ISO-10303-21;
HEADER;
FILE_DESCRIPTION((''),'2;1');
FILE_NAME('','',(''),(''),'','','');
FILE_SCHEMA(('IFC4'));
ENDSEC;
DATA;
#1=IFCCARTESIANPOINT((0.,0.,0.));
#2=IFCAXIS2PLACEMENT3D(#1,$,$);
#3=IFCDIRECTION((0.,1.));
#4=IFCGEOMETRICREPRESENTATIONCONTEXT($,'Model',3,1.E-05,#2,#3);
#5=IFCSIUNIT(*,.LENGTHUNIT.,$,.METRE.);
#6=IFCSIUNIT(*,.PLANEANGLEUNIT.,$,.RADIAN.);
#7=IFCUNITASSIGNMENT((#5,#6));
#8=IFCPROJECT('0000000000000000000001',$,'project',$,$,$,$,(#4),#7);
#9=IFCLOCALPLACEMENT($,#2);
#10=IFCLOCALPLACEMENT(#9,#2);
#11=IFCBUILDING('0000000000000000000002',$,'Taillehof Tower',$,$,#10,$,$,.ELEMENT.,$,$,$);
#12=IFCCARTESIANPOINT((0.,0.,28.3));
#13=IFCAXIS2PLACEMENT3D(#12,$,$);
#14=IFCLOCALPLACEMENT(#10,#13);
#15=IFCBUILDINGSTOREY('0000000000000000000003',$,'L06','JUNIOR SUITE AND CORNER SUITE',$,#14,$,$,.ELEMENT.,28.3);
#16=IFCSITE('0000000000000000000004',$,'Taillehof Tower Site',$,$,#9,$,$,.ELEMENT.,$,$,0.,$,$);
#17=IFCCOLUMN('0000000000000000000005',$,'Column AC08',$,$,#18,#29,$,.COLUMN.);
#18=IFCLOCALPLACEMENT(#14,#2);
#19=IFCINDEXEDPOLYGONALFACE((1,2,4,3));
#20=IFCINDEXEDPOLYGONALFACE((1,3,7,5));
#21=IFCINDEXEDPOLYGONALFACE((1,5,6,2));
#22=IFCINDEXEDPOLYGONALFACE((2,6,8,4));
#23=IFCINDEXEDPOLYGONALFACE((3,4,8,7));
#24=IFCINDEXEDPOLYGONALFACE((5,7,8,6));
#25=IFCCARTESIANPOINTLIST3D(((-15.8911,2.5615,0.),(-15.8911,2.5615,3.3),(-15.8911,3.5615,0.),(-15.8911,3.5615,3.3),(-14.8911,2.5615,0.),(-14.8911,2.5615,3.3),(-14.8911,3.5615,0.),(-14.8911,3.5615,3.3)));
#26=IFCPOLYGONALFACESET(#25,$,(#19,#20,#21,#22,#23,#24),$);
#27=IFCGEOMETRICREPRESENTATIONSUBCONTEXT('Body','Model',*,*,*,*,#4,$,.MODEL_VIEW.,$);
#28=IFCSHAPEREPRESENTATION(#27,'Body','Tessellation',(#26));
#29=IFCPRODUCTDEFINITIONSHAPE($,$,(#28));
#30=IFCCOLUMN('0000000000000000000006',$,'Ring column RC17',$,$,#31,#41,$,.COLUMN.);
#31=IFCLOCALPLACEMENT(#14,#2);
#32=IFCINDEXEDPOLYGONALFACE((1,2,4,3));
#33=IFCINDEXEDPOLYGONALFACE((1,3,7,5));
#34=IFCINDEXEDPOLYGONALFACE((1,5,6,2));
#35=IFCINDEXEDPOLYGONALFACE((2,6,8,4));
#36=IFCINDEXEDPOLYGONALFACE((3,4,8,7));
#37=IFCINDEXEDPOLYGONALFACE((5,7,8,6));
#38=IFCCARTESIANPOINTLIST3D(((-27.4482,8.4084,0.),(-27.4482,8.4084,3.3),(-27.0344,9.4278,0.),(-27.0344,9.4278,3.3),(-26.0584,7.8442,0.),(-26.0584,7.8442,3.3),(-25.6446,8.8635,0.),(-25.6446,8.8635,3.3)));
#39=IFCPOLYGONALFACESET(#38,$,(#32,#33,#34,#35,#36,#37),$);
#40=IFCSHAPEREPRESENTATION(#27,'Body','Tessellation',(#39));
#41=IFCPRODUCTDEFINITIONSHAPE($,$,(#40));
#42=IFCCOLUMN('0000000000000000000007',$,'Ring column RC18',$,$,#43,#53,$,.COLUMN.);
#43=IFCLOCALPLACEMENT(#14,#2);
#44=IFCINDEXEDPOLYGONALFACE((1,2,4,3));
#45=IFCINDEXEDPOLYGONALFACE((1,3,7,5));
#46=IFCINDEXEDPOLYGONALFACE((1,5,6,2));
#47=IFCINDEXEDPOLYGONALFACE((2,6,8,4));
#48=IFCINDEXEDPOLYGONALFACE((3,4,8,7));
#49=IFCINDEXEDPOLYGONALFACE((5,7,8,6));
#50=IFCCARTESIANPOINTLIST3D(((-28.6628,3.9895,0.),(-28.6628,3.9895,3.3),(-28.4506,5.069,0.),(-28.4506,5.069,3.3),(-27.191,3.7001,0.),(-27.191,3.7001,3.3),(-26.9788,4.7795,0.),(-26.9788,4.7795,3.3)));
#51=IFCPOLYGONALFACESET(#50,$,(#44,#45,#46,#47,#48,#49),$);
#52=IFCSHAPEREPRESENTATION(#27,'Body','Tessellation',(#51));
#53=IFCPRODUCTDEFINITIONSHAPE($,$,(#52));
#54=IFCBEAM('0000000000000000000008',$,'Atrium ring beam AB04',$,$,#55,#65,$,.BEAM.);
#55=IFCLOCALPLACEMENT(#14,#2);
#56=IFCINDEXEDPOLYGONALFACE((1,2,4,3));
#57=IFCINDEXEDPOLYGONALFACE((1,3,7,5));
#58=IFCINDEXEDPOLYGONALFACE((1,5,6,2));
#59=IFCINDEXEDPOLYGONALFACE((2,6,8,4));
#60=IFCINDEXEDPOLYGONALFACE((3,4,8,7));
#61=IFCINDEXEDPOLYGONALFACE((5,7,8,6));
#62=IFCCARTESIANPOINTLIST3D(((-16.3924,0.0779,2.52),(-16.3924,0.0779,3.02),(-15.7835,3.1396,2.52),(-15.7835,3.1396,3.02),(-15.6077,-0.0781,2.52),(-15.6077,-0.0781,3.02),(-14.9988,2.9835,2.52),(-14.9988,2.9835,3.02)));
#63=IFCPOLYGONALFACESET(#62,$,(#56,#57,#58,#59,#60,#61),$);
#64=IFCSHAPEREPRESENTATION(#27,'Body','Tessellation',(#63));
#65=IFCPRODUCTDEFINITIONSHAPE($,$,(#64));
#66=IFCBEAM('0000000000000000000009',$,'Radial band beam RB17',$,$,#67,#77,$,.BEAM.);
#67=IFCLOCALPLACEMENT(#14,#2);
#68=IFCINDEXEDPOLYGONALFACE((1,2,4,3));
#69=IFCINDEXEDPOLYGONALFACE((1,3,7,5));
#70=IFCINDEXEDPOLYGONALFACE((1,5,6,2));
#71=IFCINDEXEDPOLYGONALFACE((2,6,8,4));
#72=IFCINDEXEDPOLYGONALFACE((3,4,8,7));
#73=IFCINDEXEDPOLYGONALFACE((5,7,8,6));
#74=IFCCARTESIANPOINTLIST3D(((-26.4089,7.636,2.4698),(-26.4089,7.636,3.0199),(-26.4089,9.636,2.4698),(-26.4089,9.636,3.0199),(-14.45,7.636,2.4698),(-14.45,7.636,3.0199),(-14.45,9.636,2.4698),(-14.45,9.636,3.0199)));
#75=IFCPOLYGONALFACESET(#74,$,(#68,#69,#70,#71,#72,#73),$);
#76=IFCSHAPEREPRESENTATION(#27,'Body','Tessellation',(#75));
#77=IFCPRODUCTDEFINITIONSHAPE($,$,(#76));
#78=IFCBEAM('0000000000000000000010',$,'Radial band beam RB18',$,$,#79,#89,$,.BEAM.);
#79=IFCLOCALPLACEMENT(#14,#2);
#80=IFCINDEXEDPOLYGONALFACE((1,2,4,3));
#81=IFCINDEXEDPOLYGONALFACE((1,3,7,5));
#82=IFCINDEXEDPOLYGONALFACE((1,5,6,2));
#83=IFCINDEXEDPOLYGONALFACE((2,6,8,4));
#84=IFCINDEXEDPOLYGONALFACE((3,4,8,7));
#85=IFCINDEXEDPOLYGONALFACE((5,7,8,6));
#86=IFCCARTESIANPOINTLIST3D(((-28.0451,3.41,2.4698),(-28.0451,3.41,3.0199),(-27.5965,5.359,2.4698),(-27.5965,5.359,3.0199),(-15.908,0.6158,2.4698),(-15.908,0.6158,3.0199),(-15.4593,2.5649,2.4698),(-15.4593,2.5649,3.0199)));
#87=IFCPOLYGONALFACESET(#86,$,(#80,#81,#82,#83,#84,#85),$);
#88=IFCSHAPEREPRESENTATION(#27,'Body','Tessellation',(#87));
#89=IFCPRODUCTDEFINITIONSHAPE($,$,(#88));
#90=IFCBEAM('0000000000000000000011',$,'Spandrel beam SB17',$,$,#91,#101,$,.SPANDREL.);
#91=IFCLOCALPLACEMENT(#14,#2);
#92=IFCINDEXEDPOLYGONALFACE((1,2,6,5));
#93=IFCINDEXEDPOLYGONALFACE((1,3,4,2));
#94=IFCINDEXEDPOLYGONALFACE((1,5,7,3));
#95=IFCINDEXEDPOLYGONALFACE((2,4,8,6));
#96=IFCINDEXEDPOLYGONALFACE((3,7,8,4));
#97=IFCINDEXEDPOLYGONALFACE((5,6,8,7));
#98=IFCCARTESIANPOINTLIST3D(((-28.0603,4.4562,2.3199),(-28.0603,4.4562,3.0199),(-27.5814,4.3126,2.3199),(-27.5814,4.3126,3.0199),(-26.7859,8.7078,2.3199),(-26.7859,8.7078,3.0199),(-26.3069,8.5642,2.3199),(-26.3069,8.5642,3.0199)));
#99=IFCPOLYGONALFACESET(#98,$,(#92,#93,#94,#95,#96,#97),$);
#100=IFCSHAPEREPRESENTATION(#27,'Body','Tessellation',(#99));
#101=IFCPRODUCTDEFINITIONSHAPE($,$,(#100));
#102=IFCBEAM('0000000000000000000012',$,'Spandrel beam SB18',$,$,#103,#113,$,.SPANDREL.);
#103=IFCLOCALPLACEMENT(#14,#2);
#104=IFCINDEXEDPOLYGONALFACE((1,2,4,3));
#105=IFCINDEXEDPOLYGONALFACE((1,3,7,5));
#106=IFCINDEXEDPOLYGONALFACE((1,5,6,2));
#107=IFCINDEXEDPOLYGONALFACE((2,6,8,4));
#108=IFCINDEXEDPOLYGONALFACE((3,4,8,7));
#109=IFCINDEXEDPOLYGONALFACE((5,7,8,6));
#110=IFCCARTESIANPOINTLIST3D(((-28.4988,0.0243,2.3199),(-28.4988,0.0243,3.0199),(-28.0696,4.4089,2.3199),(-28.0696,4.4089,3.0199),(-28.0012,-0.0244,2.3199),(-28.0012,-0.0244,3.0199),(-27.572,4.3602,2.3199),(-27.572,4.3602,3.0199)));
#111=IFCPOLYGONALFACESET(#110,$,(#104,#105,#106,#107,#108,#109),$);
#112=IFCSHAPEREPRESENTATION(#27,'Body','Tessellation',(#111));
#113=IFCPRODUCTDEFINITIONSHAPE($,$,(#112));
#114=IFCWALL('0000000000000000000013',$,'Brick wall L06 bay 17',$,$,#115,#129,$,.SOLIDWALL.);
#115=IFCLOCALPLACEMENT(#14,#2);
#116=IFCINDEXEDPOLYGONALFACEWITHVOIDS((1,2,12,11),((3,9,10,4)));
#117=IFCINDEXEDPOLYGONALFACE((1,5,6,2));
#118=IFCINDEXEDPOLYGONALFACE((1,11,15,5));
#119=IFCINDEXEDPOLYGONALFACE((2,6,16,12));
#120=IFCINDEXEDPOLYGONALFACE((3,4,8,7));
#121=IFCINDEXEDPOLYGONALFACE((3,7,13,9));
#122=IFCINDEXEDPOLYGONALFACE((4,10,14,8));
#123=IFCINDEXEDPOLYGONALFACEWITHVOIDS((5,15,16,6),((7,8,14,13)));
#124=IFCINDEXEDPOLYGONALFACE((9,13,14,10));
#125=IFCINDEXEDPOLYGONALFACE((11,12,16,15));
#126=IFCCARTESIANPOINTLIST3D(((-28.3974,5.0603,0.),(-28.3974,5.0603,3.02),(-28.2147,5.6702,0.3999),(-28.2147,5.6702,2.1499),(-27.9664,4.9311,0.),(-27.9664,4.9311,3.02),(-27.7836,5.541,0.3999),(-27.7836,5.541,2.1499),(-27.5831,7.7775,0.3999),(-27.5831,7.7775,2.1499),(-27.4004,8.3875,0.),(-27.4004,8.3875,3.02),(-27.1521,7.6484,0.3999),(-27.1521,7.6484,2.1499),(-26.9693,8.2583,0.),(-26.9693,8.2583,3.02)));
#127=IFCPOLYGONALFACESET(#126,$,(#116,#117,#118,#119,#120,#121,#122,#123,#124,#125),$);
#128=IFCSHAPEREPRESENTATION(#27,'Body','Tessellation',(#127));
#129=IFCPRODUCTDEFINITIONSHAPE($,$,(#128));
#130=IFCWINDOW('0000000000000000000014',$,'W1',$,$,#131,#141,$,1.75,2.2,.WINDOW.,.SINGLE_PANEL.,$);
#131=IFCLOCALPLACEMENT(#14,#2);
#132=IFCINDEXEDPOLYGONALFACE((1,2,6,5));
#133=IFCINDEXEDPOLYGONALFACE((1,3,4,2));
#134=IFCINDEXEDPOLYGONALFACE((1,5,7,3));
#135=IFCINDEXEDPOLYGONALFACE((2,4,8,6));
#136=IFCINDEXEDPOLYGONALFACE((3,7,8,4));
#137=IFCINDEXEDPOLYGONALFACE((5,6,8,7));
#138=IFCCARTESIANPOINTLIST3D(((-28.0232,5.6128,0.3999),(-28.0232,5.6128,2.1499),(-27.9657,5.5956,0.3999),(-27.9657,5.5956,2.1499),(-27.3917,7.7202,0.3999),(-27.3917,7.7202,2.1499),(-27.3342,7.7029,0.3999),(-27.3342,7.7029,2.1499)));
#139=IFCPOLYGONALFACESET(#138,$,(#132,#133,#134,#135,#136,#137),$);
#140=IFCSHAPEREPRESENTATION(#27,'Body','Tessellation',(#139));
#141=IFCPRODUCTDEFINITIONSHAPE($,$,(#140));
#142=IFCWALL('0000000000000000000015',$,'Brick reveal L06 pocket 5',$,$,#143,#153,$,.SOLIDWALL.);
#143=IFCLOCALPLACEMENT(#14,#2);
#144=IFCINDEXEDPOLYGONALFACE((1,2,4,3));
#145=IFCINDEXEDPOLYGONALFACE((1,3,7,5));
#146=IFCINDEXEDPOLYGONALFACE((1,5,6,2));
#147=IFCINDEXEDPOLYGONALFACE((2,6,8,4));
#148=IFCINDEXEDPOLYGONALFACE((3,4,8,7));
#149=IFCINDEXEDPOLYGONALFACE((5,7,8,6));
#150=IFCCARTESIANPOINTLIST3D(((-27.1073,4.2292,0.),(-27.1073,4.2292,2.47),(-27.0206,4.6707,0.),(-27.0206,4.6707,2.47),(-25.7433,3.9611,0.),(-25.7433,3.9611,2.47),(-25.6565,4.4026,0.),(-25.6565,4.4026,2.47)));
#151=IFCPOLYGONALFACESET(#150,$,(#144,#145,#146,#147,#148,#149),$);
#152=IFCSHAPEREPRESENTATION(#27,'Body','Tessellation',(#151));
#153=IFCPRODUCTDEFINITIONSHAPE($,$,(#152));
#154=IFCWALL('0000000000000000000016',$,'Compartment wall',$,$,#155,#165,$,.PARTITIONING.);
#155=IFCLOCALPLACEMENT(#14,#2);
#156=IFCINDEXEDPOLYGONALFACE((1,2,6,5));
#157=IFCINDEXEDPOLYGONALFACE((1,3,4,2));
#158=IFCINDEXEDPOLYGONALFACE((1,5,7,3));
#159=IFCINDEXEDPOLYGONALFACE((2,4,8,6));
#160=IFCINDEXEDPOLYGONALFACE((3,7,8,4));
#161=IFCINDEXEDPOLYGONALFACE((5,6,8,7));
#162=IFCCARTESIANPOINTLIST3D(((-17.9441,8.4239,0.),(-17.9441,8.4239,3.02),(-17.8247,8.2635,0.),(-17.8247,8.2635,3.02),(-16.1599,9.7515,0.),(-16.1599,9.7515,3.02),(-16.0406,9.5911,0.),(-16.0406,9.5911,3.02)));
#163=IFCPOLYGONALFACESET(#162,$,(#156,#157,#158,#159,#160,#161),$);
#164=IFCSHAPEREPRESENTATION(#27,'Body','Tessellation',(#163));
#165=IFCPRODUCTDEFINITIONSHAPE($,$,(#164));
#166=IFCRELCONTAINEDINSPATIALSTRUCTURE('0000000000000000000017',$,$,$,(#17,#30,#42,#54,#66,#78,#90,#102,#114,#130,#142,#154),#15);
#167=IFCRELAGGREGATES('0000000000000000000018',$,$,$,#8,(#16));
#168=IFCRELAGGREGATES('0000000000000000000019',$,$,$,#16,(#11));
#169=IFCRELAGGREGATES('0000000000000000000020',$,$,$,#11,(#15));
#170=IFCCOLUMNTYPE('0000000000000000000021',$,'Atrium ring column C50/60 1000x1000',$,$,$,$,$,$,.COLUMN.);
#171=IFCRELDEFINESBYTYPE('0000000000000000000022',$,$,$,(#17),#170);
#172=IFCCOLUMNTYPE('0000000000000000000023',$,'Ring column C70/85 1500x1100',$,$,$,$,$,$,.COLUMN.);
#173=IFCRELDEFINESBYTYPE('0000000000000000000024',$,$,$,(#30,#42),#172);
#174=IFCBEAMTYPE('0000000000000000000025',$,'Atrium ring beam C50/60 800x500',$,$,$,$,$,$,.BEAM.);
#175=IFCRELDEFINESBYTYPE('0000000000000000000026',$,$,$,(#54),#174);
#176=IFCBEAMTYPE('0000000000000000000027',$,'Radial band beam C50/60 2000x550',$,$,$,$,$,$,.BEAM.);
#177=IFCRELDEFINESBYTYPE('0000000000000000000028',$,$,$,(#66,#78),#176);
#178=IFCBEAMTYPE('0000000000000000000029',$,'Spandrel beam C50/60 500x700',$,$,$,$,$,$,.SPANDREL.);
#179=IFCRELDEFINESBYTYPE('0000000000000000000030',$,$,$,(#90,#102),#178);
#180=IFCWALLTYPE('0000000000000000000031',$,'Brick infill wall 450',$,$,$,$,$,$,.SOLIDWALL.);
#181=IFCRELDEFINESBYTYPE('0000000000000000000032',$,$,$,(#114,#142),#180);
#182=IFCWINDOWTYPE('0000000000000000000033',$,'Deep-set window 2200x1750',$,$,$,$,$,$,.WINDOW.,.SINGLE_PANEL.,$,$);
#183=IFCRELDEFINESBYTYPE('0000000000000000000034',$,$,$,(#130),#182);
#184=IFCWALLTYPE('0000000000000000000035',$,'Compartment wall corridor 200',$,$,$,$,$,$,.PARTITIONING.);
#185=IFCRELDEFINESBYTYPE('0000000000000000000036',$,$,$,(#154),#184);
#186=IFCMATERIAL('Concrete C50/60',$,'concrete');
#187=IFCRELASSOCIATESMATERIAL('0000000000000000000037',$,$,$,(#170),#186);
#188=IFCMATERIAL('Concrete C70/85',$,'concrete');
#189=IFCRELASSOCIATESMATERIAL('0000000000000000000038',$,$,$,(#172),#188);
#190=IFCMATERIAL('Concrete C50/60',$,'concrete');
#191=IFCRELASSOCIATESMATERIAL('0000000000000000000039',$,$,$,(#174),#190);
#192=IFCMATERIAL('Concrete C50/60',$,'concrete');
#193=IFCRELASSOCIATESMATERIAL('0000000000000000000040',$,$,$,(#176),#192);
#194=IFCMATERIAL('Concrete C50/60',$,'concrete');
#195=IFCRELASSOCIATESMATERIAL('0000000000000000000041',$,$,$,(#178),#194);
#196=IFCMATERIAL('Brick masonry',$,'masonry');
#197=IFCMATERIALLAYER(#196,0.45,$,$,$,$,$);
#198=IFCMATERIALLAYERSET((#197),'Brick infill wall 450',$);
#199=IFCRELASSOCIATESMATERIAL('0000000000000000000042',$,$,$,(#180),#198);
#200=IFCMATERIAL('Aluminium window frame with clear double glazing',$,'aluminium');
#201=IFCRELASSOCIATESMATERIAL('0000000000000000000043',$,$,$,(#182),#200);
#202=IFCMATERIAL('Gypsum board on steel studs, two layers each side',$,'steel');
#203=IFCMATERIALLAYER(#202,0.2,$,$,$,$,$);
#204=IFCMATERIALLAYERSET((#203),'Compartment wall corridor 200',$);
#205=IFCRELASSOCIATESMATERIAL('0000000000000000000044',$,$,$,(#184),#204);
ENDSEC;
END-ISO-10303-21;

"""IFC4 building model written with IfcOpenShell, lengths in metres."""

from ifc_helpers import new_model, si_unit, direction, frame, frame_2d, origin, origin_2d, place, context, subcontext, project, spatial, rectangle, extrude, material, layer, layer_set, material_profile, profile_set, type_object, element, fill, save


model = new_model("IFC4")

# Units and contexts
model_context = context("Model", 3, precision=1e-05, world=origin(), true_north=direction((0.0, 1.0)))
body_context = subcontext(model_context, "Body", "Model", "MODEL_VIEW")
ifc_project = project(units=[si_unit("LENGTHUNIT", "METRE"), si_unit("PLANEANGLEUNIT", "RADIAN")], contexts=[model_context])

# Site, building, storey
site_placement = place(None, origin())
site = spatial("IfcSite", under=ifc_project, at=site_placement, Name="Taillehof Tower Site", CompositionType="ELEMENT", RefElevation=0.0)
building_placement = place(site_placement, origin())
building = spatial("IfcBuilding", under=site, at=building_placement, Name="Taillehof Tower", CompositionType="ELEMENT")
storey_placement = place(building_placement, frame((0.0, 0.0, 28.3)))
storey = spatial("IfcBuildingStorey", under=building, at=storey_placement, Name="L06", Description="JUNIOR SUITE AND CORNER SUITE", CompositionType="ELEMENT", Elevation=28.3)

# Columns
ifc_material_1 = material(Name="Concrete C50/60", Category="concrete")
ifc_material_profile_1 = material_profile(ifc_material_1, rectangle(XDim=1.0, YDim=1.0, at=origin_2d()), Name="RC 1000x1000")
ifc_profile_set_1 = profile_set([ifc_material_profile_1], Name="Concrete C50/60")
column_type_1 = type_object("IfcColumnType", Name="Atrium ring column C50/60 1000x1000", PredefinedType="COLUMN", material=ifc_profile_set_1)
column_placement = place(storey_placement, frame((-15.3911, 3.0615, 0.0), z_axis=(0.0, 0.0, 1.0), x_axis=(1.0, 0.0, 0.0)))
element("IfcColumn", 1, at=column_placement, inside=storey, type_object=column_type_1, Name="Column AC08", PredefinedType="COLUMN", context=body_context, shape_type="SweptSolid", body=[
    extrude(rectangle(XDim=1.0, YDim=1.0, at=origin_2d()), origin(), (0.0, 0.0, 1.0), 3.3),
])
ifc_material_2 = material(Name="Concrete C70/85", Category="concrete")
ifc_material_profile_2 = material_profile(ifc_material_2, rectangle(XDim=1.5, YDim=1.1001, at=origin_2d()), Name="RC 1500x1100")
ifc_profile_set_2 = profile_set([ifc_material_profile_2], Name="Concrete C70/85")
column_type_2 = type_object("IfcColumnType", Name="Ring column C70/85 1500x1100", PredefinedType="COLUMN", material=ifc_profile_set_2)
for number, where, z_axis, x_axis, name in (
    (2, (-26.5464, 8.636, 0.0), (0.0, 0.0, 1.0), (-0.926558, 0.376152, 0.0), "Ring column RC17"),
    (3, (-27.8208, 4.3845, 0.0), (0.0, 0.0, 1.0), (-0.981204, 0.192976, 0.0), "Ring column RC18"),
):
    element("IfcColumn", number, at=place(storey_placement, frame(where, z_axis=z_axis, x_axis=x_axis)), inside=storey, type_object=column_type_2, Name=name, PredefinedType="COLUMN", context=body_context, shape_type="SweptSolid", body=[
        extrude(rectangle(XDim=1.5, YDim=1.1001, at=origin_2d()), origin(), (0.0, 0.0, 1.0), 3.3),
    ])

# Beams
ifc_material_3 = material(Name="Concrete C50/60", Category="concrete")
ifc_material_profile_3 = material_profile(ifc_material_3, rectangle(XDim=0.8, YDim=0.5, at=origin_2d()), Name="RC 800x500")
ifc_profile_set_3 = profile_set([ifc_material_profile_3], Name="Concrete C50/60")
beam_type_1 = type_object("IfcBeamType", Name="Atrium ring beam C50/60 800x500", PredefinedType="BEAM", material=ifc_profile_set_3)
beam_1_placement = place(storey_placement, frame((-15.3911, 3.0615, 2.77), z_axis=(-0.195063, -0.980791, 0.0), x_axis=(0.980791, -0.195063, 0.0)))
element("IfcBeam", 4, at=beam_1_placement, inside=storey, type_object=beam_type_1, Name="Atrium ring beam AB04", PredefinedType="BEAM", context=body_context, shape_type="SweptSolid", body=[
    extrude(rectangle(XDim=0.8, YDim=0.5, at=origin_2d()), origin(), (0.0, 0.0, 1.0), 3.1216),
])
ifc_material_4 = material(Name="Concrete C50/60", Category="concrete")
ifc_material_profile_4 = material_profile(ifc_material_4, rectangle(XDim=2.0, YDim=0.55, at=origin_2d()), Name="RC 2000x550")
ifc_profile_set_4 = profile_set([ifc_material_profile_4], Name="Concrete C50/60")
beam_type_2 = type_object("IfcBeamType", Name="Radial band beam C50/60 2000x550", PredefinedType="BEAM", material=ifc_profile_set_4)
beam_2_placement = place(storey_placement, frame((-26.4089, 8.636, 2.7449), z_axis=(1.0, 0.0, 0.0), x_axis=(0.0, 1.0, 0.0)))
element("IfcBeam", 5, at=beam_2_placement, inside=storey, type_object=beam_type_2, Name="Radial band beam RB17", PredefinedType="BEAM", context=body_context, shape_type="SweptSolid", body=[
    extrude(rectangle(XDim=2.0, YDim=0.55, at=origin_2d()), origin(), (0.0, 0.0, 1.0), 11.959),
])
beam_3_placement = place(storey_placement, frame((-27.8208, 4.3845, 2.7449), z_axis=(0.974509, -0.224348, 0.0), x_axis=(0.224348, 0.974509, 0.0)))
element("IfcBeam", 6, at=beam_3_placement, inside=storey, type_object=beam_type_2, Name="Radial band beam RB18", PredefinedType="BEAM", context=body_context, shape_type="SweptSolid", body=[
    extrude(rectangle(XDim=2.0, YDim=0.55, at=origin_2d()), origin(), (0.0, 0.0, 1.0), 12.4546),
])
ifc_material_5 = material(Name="Concrete C50/60", Category="concrete")
ifc_material_profile_5 = material_profile(ifc_material_5, rectangle(XDim=0.5, YDim=0.7, at=origin_2d()), Name="RC 500x700")
ifc_profile_set_5 = profile_set([ifc_material_profile_5], Name="Concrete C50/60")
beam_type_3 = type_object("IfcBeamType", Name="Spandrel beam C50/60 500x700", PredefinedType="SPANDREL", material=ifc_profile_set_5)
beam_4_placement = place(storey_placement, frame((-26.5464, 8.636, 2.6699), z_axis=(-0.287136, -0.95789, 0.0), x_axis=(0.95789, -0.287136, 0.0)))
element("IfcBeam", 7, at=beam_4_placement, inside=storey, type_object=beam_type_3, Name="Spandrel beam SB17", PredefinedType="SPANDREL", context=body_context, shape_type="SweptSolid", body=[
    extrude(rectangle(XDim=0.5, YDim=0.7, at=origin_2d()), origin(), (0.0, 0.0, 1.0), 4.4385),
])
beam_5_placement = place(storey_placement, frame((-27.8208, 4.3845, 2.6699), z_axis=(-0.097424, -0.995243, 0.0), x_axis=(0.995243, -0.097424, 0.0)))
element("IfcBeam", 8, at=beam_5_placement, inside=storey, type_object=beam_type_3, Name="Spandrel beam SB18", PredefinedType="SPANDREL", context=body_context, shape_type="SweptSolid", body=[
    extrude(rectangle(XDim=0.5, YDim=0.7, at=origin_2d()), origin(), (0.0, 0.0, 1.0), 4.4055),
])

# Wall, opening, window
ifc_material_6 = material(Name="Brick masonry", Category="masonry")
ifc_layer_1 = layer(ifc_material_6, 0.45)
ifc_layer_set_1 = layer_set([ifc_layer_1], Name="Brick infill wall 450")
wall_type_1 = type_object("IfcWallType", Name="Brick infill wall 450", PredefinedType="SOLIDWALL", material=ifc_layer_set_1)
wall_1_placement = place(storey_placement, frame((-27.1848, 8.323, 0.0), z_axis=(0.0, 0.0, 1.0), x_axis=(-0.287064, -0.957911, 0.0)))
wall_1 = element("IfcWall", 9, at=wall_1_placement, inside=storey, type_object=wall_type_1, Name="Brick wall L06 bay 17", PredefinedType="SOLIDWALL", context=body_context, shape_type="SweptSolid", body=[
    extrude(rectangle(XDim=3.4734, YDim=0.45, at=frame_2d((1.7368, 0.0))), origin(), (0.0, 0.0, 1.0), 3.02),
])
opening_1_placement = place(wall_1_placement, frame((0.6367, 0.0, 0.3999)))
opening_1 = element("IfcOpeningElement", 10, at=opening_1_placement, cuts=wall_1, PredefinedType="OPENING", context=body_context, shape_type="SweptSolid", body=[
    extrude(rectangle(XDim=2.2, YDim=1.75, at=frame_2d((1.1001, 0.875))), frame((0.0, 0.2349, 0.0), z_axis=(0.0, -1.0, 0.0), x_axis=(1.0, 0.0, 0.0)), (0.0, 0.0, 1.0), 0.47),
])
ifc_material_7 = material(Name="Aluminium window frame with clear double glazing", Category="aluminium")
window_type_1 = type_object("IfcWindowType", Name="Deep-set window 2200x1750", PartitioningType="SINGLE_PANEL", PredefinedType="WINDOW", material=ifc_material_7)
window_1_placement = place(opening_1_placement, origin())
window_1 = element("IfcWindow", 11, at=window_1_placement, inside=storey, type_object=window_type_1, Name="W1", OverallHeight=1.75, OverallWidth=2.2, PartitioningType="SINGLE_PANEL", PredefinedType="WINDOW", context=body_context, shape_type="SweptSolid", body=[
    extrude(rectangle(XDim=2.2, YDim=1.75, at=frame_2d((1.1001, 0.875))), frame((0.0, 0.0349, 0.0), z_axis=(0.0, -1.0, 0.0), x_axis=(1.0, 0.0, 0.0)), (0.0, 0.0, 1.0), 0.0601),
])
fill(opening_1, window_1)

# Wall
wall_2_placement = place(storey_placement, frame((-27.064, 4.45, 0.0), z_axis=(0.0, 0.0, 1.0), x_axis=(0.98123, -0.192839, 0.0)))
element("IfcWall", 12, at=wall_2_placement, inside=storey, type_object=wall_type_1, Name="Brick reveal L06 pocket 5", PredefinedType="SOLIDWALL", context=body_context, shape_type="SweptSolid", body=[
    extrude(rectangle(XDim=1.3901, YDim=0.45, at=frame_2d((0.6951, 0.0))), origin(), (0.0, 0.0, 1.0), 2.47),
])

# Wall
ifc_material_8 = material(Name="Gypsum board on steel studs, two layers each side", Category="steel")
ifc_layer_2 = layer(ifc_material_8, 0.2)
ifc_layer_set_2 = layer_set([ifc_layer_2], Name="Compartment wall corridor 200")
wall_type_2 = type_object("IfcWallType", Name="Compartment wall corridor 200", PredefinedType="PARTITIONING", material=ifc_layer_set_2)
wall_3_placement = place(storey_placement, frame((-17.8843, 8.3438, 0.0), z_axis=(0.0, 0.0, 1.0), x_axis=(0.80226, 0.596975, 0.0)))
element("IfcWall", 13, at=wall_3_placement, inside=storey, type_object=wall_type_2, Name="Compartment wall", PredefinedType="PARTITIONING", context=body_context, shape_type="SweptSolid", body=[
    extrude(rectangle(XDim=2.2239, YDim=0.2, at=frame_2d((1.1118, 0.0))), origin(), (0.0, 0.0, 1.0), 3.02),
])

save(model, "model.ifc")
